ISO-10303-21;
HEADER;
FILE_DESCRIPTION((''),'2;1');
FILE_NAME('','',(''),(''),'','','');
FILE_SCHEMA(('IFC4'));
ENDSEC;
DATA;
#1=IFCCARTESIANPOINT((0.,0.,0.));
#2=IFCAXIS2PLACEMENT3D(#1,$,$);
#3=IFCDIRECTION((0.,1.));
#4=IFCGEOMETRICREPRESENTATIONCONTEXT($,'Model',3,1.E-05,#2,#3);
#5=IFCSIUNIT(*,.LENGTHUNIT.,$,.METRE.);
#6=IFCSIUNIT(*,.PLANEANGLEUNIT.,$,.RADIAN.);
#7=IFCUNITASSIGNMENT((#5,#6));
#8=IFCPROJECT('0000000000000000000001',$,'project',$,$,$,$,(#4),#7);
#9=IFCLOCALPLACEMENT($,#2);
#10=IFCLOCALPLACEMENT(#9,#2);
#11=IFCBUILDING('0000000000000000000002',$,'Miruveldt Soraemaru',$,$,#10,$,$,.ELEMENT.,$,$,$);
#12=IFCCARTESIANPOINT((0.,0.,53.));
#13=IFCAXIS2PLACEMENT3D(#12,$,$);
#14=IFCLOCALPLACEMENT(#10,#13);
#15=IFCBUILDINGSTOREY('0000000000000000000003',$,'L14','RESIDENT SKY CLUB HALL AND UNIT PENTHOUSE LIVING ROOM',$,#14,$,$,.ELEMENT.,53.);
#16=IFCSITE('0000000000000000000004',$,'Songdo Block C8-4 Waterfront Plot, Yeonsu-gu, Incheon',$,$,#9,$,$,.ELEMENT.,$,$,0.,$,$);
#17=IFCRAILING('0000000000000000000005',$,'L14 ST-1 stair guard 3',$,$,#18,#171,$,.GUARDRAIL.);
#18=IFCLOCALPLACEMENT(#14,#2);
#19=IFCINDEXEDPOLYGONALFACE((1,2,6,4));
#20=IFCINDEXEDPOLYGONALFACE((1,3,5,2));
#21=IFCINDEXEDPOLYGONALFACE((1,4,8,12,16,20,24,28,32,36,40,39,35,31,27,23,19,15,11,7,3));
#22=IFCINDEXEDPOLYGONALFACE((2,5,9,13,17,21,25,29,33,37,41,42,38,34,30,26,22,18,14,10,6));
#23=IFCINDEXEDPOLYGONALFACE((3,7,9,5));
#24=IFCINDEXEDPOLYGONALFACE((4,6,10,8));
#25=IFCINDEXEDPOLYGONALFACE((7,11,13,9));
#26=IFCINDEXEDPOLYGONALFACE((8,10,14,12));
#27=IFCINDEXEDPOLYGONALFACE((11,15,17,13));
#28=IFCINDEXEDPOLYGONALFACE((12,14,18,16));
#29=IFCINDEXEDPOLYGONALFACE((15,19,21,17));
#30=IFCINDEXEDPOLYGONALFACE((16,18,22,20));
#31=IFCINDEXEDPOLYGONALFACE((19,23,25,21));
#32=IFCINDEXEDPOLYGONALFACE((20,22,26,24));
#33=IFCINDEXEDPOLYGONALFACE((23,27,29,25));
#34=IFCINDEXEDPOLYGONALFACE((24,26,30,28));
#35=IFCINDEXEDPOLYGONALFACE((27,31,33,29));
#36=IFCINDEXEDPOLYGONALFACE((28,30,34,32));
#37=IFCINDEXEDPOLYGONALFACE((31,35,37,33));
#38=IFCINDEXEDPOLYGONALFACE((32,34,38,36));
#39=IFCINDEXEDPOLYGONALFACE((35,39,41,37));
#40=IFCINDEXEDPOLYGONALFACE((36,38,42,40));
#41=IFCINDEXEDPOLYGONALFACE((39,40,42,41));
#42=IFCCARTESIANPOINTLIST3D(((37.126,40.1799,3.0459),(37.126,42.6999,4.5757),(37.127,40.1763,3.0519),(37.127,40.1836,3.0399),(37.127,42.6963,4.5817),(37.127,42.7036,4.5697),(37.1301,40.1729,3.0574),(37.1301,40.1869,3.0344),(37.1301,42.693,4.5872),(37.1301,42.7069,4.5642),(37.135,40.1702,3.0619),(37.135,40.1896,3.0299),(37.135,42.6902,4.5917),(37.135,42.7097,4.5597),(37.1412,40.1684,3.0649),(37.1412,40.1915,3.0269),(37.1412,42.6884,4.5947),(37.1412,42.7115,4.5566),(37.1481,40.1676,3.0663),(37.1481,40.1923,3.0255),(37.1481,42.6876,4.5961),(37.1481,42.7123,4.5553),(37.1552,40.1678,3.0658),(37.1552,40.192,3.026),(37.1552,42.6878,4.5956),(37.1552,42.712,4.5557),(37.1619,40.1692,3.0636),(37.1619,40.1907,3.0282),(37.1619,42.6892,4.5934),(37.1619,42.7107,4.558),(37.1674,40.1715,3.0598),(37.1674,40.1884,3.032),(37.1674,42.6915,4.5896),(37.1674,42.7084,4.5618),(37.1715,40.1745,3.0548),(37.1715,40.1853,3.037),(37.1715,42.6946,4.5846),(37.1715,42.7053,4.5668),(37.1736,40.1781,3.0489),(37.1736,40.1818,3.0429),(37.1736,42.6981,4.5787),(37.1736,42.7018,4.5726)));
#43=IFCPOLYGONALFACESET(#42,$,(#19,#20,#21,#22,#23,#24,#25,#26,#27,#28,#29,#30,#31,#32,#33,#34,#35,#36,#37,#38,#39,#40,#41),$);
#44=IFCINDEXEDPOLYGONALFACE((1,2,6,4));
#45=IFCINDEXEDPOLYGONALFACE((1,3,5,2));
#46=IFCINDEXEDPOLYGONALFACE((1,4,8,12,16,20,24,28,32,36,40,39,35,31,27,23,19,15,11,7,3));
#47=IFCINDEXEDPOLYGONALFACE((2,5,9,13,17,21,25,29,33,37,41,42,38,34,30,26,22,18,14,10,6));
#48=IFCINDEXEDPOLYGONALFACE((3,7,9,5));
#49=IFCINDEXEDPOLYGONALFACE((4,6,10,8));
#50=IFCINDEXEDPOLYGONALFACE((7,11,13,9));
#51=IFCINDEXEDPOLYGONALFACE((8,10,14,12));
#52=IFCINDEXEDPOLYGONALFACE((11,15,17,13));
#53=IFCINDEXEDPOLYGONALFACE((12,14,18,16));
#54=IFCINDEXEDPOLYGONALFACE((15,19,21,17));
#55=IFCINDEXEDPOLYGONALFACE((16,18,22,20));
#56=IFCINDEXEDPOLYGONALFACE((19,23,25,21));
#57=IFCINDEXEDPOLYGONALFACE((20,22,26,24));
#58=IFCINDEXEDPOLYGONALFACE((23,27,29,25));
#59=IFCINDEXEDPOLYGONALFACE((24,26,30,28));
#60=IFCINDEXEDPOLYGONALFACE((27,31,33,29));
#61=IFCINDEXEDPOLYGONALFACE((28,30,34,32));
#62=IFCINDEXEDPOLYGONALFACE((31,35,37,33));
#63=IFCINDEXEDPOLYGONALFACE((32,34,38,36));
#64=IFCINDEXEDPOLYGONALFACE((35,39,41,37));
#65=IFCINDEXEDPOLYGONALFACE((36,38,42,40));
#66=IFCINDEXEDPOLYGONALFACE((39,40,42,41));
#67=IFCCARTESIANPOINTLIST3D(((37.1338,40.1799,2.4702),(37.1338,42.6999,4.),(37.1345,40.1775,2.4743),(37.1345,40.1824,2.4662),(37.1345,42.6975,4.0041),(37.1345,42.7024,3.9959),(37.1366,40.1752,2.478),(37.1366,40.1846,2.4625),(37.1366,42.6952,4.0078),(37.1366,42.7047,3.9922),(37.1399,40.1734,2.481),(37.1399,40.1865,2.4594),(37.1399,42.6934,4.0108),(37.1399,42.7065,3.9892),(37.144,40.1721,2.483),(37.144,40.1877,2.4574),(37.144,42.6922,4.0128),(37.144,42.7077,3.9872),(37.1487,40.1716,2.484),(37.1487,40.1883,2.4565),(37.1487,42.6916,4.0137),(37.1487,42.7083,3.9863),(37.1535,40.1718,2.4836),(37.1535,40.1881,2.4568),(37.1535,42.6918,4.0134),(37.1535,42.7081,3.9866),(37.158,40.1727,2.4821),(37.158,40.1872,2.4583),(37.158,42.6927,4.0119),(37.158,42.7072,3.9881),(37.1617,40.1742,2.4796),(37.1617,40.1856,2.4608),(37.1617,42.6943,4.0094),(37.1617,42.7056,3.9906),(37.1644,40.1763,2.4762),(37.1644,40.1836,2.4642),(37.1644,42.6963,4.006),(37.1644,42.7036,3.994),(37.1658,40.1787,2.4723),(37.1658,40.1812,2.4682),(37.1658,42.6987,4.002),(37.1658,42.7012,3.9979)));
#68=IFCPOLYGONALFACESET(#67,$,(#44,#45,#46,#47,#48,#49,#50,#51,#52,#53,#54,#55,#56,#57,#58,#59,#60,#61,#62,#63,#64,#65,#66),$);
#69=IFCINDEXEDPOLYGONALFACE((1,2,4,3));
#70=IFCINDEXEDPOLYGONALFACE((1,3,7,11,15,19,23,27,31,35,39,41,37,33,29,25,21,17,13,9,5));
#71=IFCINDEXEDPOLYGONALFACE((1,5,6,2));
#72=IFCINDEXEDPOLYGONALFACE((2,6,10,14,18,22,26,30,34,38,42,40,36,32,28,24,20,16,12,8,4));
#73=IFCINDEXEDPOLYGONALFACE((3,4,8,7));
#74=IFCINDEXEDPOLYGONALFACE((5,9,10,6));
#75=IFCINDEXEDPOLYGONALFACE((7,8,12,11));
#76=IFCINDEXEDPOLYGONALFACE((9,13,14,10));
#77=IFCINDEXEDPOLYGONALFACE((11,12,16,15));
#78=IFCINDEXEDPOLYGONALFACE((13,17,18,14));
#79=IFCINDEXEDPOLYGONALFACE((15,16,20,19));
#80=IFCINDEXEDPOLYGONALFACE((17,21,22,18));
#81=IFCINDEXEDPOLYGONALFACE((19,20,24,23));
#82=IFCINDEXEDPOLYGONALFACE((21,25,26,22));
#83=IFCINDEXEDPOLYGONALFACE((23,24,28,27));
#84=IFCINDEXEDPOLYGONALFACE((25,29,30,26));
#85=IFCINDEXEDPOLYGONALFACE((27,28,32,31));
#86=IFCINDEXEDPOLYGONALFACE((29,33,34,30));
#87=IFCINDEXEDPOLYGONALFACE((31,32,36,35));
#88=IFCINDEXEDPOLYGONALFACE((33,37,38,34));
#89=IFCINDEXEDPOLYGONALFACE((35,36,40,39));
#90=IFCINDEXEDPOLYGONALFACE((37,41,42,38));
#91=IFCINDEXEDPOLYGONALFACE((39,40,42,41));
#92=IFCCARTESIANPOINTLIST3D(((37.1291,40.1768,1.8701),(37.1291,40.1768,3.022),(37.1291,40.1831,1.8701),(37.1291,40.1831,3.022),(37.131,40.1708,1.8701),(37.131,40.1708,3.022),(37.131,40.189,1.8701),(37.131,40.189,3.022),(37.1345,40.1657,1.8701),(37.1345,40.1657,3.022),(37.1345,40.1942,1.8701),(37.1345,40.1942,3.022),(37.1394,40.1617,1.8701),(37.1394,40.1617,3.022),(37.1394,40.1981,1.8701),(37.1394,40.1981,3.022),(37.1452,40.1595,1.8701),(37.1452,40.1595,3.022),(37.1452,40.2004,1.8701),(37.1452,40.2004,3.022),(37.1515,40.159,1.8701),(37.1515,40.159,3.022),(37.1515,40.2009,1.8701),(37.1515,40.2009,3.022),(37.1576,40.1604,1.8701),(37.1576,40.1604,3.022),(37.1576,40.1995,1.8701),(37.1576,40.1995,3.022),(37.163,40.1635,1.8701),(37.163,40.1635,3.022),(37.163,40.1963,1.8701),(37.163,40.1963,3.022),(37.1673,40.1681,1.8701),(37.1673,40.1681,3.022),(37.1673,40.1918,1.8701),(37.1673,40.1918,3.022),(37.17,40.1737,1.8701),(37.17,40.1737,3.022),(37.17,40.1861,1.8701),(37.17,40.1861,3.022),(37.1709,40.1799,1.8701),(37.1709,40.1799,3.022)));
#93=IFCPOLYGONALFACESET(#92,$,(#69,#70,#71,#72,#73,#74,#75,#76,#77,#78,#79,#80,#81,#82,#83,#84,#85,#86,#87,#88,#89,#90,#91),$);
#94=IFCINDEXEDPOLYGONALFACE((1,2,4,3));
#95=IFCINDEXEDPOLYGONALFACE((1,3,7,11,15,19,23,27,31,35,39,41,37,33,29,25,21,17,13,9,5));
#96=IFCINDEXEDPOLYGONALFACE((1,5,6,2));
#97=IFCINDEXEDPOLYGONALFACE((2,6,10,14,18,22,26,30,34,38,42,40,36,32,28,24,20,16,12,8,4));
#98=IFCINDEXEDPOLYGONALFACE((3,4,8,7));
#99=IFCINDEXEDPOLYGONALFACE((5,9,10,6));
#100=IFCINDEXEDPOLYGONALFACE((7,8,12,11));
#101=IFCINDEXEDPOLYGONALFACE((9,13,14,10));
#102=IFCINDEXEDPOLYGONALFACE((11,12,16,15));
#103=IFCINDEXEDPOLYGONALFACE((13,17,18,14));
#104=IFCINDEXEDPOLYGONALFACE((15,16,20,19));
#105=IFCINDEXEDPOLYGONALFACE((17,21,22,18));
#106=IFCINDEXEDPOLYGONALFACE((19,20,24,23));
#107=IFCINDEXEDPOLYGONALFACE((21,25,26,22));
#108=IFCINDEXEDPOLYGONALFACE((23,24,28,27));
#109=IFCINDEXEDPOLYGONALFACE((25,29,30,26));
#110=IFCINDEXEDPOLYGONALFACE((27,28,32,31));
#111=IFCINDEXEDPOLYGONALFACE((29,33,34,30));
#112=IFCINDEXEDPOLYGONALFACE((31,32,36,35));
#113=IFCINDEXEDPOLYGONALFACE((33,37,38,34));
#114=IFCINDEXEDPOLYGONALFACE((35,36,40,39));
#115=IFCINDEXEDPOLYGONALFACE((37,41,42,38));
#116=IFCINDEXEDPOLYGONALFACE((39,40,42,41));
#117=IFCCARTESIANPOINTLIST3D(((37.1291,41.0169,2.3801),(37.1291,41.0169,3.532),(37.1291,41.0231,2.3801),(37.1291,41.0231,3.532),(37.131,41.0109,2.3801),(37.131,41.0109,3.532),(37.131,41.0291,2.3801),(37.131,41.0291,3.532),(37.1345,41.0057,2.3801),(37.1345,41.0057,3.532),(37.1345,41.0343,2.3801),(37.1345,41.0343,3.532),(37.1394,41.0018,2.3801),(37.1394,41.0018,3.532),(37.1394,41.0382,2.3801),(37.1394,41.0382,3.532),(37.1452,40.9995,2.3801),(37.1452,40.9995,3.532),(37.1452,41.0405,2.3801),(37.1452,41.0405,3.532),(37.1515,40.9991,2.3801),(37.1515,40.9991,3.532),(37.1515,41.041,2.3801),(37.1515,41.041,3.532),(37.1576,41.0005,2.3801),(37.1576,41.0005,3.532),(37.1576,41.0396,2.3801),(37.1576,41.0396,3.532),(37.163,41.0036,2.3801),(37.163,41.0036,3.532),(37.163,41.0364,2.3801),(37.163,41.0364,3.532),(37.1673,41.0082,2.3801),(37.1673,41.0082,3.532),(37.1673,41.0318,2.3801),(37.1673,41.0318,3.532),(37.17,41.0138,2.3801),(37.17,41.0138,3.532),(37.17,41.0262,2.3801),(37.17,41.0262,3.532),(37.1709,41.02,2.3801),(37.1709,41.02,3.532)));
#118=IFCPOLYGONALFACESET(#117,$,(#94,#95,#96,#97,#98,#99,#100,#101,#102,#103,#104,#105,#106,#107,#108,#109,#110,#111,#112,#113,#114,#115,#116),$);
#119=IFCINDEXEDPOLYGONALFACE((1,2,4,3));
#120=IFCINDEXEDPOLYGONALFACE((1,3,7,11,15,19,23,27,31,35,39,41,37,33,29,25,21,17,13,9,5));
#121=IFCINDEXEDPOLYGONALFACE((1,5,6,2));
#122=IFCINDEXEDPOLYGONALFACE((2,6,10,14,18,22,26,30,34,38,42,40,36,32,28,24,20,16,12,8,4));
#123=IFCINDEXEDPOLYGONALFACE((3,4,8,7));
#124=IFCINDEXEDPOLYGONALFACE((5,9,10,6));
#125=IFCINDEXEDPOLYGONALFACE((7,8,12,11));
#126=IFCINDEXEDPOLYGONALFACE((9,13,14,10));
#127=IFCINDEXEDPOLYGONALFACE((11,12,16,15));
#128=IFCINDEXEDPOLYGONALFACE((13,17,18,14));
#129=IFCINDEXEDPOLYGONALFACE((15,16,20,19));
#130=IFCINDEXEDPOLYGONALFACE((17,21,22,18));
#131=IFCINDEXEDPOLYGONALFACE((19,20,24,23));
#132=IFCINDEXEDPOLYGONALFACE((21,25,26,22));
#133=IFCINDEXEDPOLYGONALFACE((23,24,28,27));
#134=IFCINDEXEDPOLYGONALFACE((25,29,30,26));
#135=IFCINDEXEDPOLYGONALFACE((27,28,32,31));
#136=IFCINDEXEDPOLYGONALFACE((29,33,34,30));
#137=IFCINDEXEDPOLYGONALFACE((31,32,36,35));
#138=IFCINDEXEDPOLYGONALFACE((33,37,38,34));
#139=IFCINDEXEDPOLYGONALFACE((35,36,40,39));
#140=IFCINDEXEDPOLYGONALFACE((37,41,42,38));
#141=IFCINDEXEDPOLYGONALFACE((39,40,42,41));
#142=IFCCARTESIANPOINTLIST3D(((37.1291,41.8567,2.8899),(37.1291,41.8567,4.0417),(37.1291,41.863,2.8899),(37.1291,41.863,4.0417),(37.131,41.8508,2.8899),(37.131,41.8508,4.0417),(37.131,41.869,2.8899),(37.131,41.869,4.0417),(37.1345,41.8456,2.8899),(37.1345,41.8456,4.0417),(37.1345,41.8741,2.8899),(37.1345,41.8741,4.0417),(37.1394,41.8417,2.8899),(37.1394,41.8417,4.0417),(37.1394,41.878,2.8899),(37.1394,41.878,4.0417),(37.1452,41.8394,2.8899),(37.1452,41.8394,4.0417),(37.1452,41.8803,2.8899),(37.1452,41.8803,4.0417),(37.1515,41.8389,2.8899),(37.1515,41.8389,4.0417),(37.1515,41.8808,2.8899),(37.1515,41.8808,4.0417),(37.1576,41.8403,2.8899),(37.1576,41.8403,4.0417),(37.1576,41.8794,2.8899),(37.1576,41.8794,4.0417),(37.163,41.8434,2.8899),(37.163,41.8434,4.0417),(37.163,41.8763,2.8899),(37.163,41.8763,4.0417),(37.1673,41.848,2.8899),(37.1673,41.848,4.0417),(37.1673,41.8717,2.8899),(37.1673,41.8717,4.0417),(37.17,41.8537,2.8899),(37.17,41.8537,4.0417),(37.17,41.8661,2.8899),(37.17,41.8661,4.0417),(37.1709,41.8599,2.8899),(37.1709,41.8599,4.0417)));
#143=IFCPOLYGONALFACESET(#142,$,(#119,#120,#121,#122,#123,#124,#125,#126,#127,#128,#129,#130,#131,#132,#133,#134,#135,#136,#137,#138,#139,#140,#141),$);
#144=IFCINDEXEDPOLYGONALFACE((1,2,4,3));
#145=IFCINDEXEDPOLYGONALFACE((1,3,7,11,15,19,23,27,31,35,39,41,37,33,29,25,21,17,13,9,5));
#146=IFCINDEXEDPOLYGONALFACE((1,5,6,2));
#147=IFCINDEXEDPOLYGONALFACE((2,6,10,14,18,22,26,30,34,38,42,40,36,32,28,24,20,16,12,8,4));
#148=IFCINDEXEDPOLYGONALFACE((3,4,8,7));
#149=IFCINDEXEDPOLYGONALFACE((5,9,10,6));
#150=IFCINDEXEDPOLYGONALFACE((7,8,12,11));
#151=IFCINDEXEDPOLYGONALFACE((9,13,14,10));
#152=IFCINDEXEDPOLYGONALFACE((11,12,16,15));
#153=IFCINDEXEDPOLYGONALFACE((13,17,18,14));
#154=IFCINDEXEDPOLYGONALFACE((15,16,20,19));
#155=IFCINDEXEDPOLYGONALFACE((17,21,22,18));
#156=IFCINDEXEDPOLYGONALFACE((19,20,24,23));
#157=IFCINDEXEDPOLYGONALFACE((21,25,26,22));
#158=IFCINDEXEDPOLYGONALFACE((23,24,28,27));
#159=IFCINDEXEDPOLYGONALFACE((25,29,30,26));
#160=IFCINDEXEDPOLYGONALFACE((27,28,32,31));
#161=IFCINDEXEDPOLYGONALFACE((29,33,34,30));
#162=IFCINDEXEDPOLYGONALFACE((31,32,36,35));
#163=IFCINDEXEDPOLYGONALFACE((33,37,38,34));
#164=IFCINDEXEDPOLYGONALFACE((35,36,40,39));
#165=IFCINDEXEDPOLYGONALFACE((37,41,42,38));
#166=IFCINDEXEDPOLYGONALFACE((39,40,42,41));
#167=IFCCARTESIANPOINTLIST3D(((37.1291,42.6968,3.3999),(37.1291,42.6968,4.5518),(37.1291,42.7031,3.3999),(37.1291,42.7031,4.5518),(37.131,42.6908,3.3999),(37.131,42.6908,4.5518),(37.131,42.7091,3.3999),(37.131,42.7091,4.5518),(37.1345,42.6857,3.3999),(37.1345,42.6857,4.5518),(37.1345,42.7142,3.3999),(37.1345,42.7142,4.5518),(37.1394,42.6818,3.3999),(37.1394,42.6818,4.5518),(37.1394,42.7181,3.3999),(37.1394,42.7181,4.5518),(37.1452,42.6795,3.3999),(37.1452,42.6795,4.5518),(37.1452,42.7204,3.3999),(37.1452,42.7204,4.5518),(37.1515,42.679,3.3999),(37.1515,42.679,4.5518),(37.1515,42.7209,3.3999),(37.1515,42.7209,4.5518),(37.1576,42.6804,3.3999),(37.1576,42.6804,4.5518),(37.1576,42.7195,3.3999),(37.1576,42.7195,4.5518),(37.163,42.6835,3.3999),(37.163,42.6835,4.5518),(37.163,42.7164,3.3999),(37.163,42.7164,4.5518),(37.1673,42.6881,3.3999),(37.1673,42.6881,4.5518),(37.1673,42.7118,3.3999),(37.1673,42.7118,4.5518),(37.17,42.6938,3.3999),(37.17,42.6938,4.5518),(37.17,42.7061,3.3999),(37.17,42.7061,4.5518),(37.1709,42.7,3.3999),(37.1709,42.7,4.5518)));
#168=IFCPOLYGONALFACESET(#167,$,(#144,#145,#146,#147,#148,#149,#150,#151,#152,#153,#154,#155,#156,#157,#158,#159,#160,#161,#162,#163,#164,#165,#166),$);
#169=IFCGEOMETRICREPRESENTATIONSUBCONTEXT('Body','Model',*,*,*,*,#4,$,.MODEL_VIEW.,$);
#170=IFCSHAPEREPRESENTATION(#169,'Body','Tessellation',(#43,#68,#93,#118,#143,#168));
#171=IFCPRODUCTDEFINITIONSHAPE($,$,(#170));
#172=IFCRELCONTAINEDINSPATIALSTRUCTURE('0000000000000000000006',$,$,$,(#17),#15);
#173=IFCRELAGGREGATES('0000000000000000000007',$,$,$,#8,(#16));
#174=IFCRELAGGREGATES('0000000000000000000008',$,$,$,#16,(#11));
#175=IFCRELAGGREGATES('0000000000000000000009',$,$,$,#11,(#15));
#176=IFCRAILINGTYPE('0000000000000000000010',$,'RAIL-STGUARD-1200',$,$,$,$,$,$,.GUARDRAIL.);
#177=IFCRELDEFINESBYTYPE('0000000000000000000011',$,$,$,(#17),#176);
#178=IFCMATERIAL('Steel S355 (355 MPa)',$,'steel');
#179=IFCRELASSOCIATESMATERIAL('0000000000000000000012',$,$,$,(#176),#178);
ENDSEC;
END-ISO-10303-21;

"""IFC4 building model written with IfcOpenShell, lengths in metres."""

from ifc_helpers import new_model, si_unit, direction, frame, origin, origin_2d, place, context, subcontext, project, spatial, circle, extrude, material, type_object, element, save


model = new_model("IFC4")

# Units and contexts
model_context = context("Model", 3, precision=1e-05, world=origin(), true_north=direction((0.0, 1.0)))
body_context = subcontext(model_context, "Body", "Model", "MODEL_VIEW")
ifc_project = project(units=[si_unit("LENGTHUNIT", "METRE"), si_unit("PLANEANGLEUNIT", "RADIAN")], contexts=[model_context])

# Site, building, storey
site_placement = place(None, origin())
site = spatial("IfcSite", under=ifc_project, at=site_placement, Name="Songdo Block C8-4 Waterfront Plot, Yeonsu-gu, Incheon", CompositionType="ELEMENT", RefElevation=0.0)
building_placement = place(site_placement, origin())
building = spatial("IfcBuilding", under=site, at=building_placement, Name="Miruveldt Soraemaru", CompositionType="ELEMENT")
storey_placement = place(building_placement, frame((0.0, 0.0, 53.0)))
storey = spatial("IfcBuildingStorey", under=building, at=storey_placement, Name="L14", Description="RESIDENT SKY CLUB HALL AND UNIT PENTHOUSE LIVING ROOM", CompositionType="ELEMENT", Elevation=53.0)

# Railing
ifc_material_1 = material(Name="Steel S355 (355 MPa)", Category="steel")
railing_type_1 = type_object("IfcRailingType", Name="RAIL-STGUARD-1200", PredefinedType="GUARDRAIL", material=ifc_material_1)
railing_1_placement = place(storey_placement, frame((37.1499, 40.1799, 1.8701)))
element("IfcRailing", 1, at=railing_1_placement, inside=storey, type_object=railing_type_1, Name="L14 ST-1 stair guard 3", PredefinedType="GUARDRAIL", context=body_context, shape_type="SweptSolid", body=[
    extrude(circle(Radius=0.0239, at=origin_2d()), frame((0.0, 0.0, 1.1758), z_axis=(0.0, 0.854822, 0.518922), x_axis=(-1.0, 0.0, 0.0)), (0.0, 0.0, 1.0), 2.948),
    extrude(circle(Radius=0.0161, at=origin_2d()), frame((0.0, 0.0, 0.6001), z_axis=(0.0, 0.854822, 0.518922), x_axis=(-1.0, 0.0, 0.0)), (0.0, 0.0, 1.0), 2.948),
    extrude(circle(Radius=0.021, at=origin_2d()), origin(), (0.0, 0.0, 1.0), 1.1519),
    extrude(circle(Radius=0.021, at=origin_2d()), frame((0.0, 0.8401, 0.51)), (0.0, 0.0, 1.0), 1.1519),
    extrude(circle(Radius=0.021, at=origin_2d()), frame((0.0, 1.6799, 1.0198)), (0.0, 0.0, 1.0), 1.1519),
    extrude(circle(Radius=0.021, at=origin_2d()), frame((0.0, 2.52, 1.5298)), (0.0, 0.0, 1.0), 1.1519),
])

save(model, "model.ifc")
